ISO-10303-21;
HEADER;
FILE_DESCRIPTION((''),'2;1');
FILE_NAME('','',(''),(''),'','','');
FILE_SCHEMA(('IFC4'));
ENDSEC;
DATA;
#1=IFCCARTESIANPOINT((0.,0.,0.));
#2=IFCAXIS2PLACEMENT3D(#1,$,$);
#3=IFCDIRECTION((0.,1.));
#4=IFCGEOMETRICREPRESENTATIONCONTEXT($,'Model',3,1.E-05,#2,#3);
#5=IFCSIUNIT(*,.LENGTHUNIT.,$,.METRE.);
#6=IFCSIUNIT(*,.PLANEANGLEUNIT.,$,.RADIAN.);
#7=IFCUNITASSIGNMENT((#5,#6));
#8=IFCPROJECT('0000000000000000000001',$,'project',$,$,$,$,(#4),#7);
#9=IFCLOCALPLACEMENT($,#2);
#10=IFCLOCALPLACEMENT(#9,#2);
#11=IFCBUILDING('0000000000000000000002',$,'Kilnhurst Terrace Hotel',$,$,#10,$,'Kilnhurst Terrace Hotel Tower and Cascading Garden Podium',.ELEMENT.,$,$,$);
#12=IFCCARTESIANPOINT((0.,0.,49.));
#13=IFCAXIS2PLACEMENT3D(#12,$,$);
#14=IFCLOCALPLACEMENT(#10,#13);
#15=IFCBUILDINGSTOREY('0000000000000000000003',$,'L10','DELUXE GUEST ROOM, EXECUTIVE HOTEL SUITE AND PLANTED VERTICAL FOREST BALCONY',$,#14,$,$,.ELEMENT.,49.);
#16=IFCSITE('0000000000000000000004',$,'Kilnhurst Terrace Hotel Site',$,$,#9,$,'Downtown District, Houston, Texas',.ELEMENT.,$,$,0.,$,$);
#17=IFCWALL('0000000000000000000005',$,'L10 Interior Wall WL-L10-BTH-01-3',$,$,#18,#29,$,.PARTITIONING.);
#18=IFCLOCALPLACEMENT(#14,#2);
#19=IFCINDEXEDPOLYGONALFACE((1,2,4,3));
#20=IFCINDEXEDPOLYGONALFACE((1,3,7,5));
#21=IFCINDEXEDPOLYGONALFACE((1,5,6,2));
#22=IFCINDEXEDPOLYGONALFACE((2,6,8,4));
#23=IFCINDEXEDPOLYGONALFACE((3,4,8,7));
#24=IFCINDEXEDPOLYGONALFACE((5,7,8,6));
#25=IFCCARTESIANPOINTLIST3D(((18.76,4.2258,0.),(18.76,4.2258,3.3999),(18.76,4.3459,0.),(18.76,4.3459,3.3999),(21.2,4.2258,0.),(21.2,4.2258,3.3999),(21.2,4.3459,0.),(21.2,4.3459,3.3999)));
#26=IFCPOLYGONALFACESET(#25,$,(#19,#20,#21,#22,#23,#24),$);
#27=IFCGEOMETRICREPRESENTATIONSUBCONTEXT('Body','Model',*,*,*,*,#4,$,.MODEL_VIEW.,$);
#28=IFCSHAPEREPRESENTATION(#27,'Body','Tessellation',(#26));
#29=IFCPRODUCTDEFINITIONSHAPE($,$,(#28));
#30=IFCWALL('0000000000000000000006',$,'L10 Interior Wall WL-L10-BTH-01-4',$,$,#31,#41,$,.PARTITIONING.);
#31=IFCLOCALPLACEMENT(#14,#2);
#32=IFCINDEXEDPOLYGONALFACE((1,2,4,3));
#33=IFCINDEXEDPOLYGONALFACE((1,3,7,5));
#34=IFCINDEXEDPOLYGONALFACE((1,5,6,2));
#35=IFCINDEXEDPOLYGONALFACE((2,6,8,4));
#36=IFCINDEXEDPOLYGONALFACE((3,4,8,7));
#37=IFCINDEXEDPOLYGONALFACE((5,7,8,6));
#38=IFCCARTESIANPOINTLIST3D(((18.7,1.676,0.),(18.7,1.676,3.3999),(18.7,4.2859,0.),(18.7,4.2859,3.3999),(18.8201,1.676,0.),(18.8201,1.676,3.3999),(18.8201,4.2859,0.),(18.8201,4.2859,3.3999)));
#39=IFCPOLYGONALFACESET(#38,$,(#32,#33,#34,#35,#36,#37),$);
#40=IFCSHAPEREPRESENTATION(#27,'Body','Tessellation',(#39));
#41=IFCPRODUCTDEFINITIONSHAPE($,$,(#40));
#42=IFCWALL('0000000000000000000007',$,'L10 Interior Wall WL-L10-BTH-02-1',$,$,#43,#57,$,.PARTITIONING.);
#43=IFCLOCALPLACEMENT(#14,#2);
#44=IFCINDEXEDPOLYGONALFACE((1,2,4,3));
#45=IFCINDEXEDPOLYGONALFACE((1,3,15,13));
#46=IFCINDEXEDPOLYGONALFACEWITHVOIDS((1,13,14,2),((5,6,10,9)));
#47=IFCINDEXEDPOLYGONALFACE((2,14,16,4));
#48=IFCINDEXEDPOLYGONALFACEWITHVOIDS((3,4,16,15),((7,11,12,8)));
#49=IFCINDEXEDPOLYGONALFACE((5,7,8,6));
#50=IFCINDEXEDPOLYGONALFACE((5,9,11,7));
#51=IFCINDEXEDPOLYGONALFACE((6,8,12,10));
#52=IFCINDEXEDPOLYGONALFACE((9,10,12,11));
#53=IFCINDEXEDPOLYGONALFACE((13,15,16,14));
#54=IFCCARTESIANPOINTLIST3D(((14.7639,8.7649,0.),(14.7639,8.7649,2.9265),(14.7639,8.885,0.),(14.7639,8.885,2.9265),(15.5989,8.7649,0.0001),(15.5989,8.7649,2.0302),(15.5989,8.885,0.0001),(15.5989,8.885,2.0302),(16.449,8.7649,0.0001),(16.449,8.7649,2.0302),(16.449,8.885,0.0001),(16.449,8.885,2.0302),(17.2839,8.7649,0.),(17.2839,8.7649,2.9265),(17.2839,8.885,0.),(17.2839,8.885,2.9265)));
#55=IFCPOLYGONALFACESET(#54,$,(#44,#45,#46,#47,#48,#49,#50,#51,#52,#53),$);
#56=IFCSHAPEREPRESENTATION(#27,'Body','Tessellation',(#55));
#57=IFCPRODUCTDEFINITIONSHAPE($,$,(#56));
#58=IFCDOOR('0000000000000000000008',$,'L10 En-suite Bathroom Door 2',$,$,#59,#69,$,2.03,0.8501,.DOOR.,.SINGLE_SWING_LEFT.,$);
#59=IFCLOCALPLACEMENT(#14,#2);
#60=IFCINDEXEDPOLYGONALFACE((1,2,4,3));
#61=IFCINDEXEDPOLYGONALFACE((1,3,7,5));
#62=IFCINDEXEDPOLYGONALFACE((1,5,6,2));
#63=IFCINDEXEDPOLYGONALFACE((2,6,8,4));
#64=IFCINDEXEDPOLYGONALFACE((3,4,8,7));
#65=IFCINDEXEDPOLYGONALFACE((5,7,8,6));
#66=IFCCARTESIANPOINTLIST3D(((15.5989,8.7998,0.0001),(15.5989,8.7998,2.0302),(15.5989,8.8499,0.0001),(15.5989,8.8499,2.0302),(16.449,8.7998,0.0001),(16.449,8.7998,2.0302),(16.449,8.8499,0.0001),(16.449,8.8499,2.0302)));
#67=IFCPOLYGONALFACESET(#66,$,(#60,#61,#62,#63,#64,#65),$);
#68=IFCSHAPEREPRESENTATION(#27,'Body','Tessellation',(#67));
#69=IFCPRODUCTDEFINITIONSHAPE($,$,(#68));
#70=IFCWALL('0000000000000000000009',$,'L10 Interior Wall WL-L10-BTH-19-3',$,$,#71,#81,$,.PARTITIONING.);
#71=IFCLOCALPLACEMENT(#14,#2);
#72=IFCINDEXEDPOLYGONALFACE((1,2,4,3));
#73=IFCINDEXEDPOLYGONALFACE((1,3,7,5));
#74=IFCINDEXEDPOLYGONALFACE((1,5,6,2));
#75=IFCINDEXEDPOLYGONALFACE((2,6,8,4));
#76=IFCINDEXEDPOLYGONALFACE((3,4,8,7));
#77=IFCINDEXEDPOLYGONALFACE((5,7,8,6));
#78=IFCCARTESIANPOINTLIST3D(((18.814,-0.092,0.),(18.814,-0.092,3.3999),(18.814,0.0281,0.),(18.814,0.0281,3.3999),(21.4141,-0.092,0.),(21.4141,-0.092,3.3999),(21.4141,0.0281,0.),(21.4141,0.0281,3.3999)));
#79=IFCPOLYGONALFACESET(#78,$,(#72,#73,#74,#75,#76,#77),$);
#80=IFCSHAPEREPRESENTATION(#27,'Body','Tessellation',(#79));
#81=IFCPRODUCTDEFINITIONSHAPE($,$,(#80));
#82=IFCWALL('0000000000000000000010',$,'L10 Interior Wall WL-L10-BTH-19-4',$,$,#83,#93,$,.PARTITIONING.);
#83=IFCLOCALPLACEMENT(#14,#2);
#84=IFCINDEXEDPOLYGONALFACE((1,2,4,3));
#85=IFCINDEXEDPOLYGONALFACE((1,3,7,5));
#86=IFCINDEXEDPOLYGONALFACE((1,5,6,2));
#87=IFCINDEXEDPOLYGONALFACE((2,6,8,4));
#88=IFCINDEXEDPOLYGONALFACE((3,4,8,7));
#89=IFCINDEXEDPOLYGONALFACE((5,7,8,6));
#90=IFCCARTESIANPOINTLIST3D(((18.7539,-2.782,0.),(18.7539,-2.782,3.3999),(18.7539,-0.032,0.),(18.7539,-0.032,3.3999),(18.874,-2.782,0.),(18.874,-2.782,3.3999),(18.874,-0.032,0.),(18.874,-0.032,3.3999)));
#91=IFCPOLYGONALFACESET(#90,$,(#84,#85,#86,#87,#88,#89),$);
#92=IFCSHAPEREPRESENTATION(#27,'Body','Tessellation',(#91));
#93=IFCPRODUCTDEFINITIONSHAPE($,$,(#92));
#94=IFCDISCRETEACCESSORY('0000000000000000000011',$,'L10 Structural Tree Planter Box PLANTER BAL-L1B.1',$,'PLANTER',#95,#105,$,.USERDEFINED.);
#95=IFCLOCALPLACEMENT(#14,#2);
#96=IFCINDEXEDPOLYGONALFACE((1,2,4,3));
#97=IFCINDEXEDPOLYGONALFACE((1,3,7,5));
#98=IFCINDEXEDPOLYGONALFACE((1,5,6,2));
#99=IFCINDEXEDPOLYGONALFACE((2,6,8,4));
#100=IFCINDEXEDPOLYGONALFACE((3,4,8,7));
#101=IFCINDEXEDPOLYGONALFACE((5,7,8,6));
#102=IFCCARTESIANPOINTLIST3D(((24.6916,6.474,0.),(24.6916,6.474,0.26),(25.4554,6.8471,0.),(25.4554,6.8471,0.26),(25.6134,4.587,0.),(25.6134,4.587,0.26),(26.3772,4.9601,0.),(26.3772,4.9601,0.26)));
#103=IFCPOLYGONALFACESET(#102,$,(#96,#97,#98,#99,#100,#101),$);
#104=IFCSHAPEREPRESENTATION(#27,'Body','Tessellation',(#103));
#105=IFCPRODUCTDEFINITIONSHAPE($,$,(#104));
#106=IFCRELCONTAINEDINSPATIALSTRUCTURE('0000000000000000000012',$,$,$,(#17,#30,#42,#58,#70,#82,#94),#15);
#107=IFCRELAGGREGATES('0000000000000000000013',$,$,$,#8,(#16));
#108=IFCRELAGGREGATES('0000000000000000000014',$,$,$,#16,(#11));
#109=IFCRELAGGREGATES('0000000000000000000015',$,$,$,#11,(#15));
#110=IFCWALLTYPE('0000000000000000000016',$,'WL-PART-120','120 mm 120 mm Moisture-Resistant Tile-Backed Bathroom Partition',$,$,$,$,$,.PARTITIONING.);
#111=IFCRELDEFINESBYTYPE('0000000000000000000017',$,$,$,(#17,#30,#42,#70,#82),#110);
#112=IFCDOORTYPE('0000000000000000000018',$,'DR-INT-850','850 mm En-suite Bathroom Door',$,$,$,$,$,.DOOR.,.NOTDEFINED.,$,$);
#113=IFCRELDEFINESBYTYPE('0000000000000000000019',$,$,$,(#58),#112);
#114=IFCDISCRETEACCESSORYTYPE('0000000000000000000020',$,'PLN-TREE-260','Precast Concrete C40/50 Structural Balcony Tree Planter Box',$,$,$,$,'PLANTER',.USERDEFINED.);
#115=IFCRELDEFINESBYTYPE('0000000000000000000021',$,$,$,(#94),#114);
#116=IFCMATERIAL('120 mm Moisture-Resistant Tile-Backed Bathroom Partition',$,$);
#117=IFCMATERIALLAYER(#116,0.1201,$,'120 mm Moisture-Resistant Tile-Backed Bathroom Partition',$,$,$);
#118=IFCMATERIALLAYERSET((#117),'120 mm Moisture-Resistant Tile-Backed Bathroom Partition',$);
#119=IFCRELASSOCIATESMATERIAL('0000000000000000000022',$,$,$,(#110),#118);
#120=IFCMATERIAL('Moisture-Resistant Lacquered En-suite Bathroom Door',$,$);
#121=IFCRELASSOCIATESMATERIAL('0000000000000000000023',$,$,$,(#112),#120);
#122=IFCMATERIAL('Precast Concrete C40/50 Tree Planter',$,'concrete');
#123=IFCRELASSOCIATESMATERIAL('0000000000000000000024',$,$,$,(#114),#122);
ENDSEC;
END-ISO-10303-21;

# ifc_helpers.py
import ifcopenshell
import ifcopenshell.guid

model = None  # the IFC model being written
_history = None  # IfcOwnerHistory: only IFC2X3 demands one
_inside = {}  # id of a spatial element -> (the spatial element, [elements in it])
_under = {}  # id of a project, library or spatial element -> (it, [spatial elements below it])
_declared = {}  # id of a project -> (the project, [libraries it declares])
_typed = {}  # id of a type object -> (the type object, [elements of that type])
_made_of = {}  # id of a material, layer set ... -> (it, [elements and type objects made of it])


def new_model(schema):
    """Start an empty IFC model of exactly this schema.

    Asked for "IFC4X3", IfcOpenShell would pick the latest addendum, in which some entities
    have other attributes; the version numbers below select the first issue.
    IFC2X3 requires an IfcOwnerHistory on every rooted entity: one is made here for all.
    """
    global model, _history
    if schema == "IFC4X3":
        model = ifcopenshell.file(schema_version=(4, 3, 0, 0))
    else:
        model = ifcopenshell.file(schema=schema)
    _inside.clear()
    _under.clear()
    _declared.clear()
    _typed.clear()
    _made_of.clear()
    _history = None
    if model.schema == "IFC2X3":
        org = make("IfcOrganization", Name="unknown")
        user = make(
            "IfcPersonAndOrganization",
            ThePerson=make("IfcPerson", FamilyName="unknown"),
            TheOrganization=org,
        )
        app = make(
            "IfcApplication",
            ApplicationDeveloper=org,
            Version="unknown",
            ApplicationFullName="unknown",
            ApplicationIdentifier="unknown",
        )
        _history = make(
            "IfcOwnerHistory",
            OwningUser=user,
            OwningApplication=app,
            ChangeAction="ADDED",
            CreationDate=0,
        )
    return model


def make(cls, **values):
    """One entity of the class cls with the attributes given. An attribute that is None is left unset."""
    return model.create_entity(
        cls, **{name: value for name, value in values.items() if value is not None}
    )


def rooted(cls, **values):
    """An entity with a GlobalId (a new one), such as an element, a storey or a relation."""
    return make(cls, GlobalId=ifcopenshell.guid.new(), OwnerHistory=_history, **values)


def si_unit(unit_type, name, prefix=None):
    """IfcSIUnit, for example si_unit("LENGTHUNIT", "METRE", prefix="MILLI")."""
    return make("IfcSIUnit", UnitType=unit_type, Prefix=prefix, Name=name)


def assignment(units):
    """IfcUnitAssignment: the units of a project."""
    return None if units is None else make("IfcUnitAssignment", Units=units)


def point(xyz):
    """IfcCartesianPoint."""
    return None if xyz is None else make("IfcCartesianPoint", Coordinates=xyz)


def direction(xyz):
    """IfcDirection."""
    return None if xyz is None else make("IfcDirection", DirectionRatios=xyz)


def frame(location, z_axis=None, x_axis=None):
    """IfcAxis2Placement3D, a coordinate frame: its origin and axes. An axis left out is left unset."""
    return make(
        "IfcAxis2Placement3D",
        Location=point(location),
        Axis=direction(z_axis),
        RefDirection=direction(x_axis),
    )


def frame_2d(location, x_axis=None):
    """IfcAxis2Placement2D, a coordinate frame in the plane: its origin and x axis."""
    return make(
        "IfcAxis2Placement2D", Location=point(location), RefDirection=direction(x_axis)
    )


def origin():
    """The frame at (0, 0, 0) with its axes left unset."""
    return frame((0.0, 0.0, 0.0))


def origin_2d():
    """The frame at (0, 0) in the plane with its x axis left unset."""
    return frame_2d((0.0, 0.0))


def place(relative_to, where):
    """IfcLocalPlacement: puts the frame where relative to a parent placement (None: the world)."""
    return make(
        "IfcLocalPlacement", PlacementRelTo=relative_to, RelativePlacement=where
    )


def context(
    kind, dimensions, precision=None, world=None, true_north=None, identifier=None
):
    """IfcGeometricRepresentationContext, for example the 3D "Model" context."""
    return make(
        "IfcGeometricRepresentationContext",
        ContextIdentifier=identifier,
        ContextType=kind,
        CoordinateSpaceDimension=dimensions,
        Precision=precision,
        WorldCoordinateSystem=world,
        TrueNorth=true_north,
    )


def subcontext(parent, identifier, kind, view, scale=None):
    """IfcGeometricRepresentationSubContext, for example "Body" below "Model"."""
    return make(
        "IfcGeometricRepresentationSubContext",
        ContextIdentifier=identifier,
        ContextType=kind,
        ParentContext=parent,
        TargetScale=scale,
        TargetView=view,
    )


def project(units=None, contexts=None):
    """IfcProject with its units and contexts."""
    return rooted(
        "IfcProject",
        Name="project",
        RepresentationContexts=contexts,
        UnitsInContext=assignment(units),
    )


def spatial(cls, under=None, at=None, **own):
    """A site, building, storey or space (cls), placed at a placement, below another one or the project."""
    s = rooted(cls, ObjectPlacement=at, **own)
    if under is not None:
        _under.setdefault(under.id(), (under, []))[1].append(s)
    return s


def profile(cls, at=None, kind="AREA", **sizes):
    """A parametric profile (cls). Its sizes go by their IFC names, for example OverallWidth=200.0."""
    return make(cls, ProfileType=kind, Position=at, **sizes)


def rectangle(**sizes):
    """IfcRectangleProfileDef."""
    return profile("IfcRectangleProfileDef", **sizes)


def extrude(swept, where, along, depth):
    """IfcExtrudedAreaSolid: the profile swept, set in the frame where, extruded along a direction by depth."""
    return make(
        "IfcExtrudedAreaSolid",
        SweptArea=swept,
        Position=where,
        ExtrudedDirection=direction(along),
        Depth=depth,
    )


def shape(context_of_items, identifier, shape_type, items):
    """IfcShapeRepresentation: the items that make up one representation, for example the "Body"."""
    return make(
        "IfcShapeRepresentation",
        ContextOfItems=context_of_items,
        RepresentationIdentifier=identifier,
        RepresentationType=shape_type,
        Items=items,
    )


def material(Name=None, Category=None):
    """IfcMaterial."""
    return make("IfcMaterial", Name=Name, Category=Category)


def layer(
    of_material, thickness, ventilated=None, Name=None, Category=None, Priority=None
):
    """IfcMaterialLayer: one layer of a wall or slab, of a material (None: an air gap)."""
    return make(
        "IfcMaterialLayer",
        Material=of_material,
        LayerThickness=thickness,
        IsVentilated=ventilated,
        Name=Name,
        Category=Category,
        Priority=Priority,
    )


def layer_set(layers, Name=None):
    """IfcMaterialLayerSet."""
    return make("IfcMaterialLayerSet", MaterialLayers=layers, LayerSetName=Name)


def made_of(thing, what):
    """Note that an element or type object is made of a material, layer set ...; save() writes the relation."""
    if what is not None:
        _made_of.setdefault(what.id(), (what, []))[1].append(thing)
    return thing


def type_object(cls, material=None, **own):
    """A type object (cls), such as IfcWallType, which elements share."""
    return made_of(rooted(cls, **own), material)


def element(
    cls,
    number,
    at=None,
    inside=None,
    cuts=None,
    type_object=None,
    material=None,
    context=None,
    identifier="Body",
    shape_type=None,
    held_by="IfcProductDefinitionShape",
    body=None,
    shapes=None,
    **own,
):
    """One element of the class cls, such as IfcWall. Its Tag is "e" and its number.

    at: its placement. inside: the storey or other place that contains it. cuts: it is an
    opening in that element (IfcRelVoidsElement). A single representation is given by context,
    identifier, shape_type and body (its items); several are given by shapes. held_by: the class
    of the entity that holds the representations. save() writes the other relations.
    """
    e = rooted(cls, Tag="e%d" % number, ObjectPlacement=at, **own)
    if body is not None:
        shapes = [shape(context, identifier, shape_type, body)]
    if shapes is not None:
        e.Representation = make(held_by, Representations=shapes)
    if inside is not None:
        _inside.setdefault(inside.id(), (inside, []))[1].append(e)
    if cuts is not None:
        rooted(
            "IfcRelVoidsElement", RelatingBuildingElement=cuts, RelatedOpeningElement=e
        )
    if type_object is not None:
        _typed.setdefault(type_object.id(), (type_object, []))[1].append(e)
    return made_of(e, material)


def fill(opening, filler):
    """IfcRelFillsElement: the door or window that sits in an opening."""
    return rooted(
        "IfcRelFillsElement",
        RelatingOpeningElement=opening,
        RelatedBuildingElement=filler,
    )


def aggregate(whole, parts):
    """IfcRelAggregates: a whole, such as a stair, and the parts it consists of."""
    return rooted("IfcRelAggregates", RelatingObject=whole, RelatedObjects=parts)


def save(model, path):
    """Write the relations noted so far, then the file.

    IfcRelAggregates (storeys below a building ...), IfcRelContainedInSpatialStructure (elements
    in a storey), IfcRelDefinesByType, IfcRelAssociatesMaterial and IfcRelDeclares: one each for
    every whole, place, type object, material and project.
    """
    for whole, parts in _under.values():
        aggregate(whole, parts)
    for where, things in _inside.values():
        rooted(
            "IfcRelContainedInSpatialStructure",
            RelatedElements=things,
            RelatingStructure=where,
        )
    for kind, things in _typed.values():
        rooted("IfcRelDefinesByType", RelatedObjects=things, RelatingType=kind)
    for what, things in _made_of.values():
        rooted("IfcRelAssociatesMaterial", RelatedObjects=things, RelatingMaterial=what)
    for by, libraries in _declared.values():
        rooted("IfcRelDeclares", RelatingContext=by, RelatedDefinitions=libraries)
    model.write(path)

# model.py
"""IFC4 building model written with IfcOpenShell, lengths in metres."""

from ifc_helpers import new_model, si_unit, direction, frame, frame_2d, origin, origin_2d, place, context, subcontext, project, spatial, rectangle, extrude, material, layer, layer_set, type_object, element, fill, save


model = new_model("IFC4")

# Units and contexts
model_context = context("Model", 3, precision=1e-05, world=origin(), true_north=direction((0.0, 1.0)))
body_context = subcontext(model_context, "Body", "Model", "MODEL_VIEW")
ifc_project = project(units=[si_unit("LENGTHUNIT", "METRE"), si_unit("PLANEANGLEUNIT", "RADIAN")], contexts=[model_context])

# Site, building, storey
site_placement = place(None, origin())
site = spatial("IfcSite", under=ifc_project, at=site_placement, Name="Kilnhurst Terrace Hotel Site", LongName="Downtown District, Houston, Texas", CompositionType="ELEMENT", RefElevation=0.0)
building_placement = place(site_placement, origin())
building = spatial("IfcBuilding", under=site, at=building_placement, Name="Kilnhurst Terrace Hotel", LongName="Kilnhurst Terrace Hotel Tower and Cascading Garden Podium", CompositionType="ELEMENT")
storey_placement = place(building_placement, frame((0.0, 0.0, 49.0)))
storey = spatial("IfcBuildingStorey", under=building, at=storey_placement, Name="L10", Description="DELUXE GUEST ROOM, EXECUTIVE HOTEL SUITE AND PLANTED VERTICAL FOREST BALCONY", CompositionType="ELEMENT", Elevation=49.0)

# Shared definitions
ifc_material_1 = material(Name="120 mm Moisture-Resistant Tile-Backed Bathroom Partition")
ifc_layer_1 = layer(ifc_material_1, 0.1201, Name="120 mm Moisture-Resistant Tile-Backed Bathroom Partition")
ifc_layer_set_1 = layer_set([ifc_layer_1], Name="120 mm Moisture-Resistant Tile-Backed Bathroom Partition")
wall_type_1 = type_object("IfcWallType", Name="WL-PART-120", Description="120 mm 120 mm Moisture-Resistant Tile-Backed Bathroom Partition", PredefinedType="PARTITIONING", material=ifc_layer_set_1)
ifc_material_2 = material(Name="Moisture-Resistant Lacquered En-suite Bathroom Door")
door_type_1 = type_object("IfcDoorType", Name="DR-INT-850", Description="850 mm En-suite Bathroom Door", OperationType="NOTDEFINED", PredefinedType="DOOR", material=ifc_material_2)

# Walls
wall_1_placement = place(storey_placement, frame((21.2, 4.2859, 0.0), z_axis=(0.0, 0.0, 1.0), x_axis=(-1.0, 0.0, 0.0)))
element("IfcWall", 1, at=wall_1_placement, inside=storey, type_object=wall_type_1, Name="L10 Interior Wall WL-L10-BTH-01-3", PredefinedType="PARTITIONING", context=body_context, shape_type="SweptSolid", body=[
    extrude(rectangle(XDim=2.4399, YDim=0.1201, at=frame_2d((1.22, 0.0))), origin(), (0.0, 0.0, 1.0), 3.3999),
])
wall_2_placement = place(storey_placement, frame((18.76, 4.2859, 0.0), z_axis=(0.0, 0.0, 1.0), x_axis=(0.0, -1.0, 0.0)))
element("IfcWall", 2, at=wall_2_placement, inside=storey, type_object=wall_type_1, Name="L10 Interior Wall WL-L10-BTH-01-4", PredefinedType="PARTITIONING", context=body_context, shape_type="SweptSolid", body=[
    extrude(rectangle(XDim=2.6099, YDim=0.1201, at=frame_2d((1.3049, 0.0))), origin(), (0.0, 0.0, 1.0), 3.3999),
])

# Wall, opening, door
wall_3_placement = place(storey_placement, frame((14.7639, 8.825, 0.0), z_axis=(0.0, 0.0, 1.0), x_axis=(1.0, 0.0, 0.0)))
wall_3 = element("IfcWall", 3, at=wall_3_placement, inside=storey, type_object=wall_type_1, Name="L10 Interior Wall WL-L10-BTH-02-1", PredefinedType="PARTITIONING", context=body_context, shape_type="SweptSolid", body=[
    extrude(rectangle(XDim=2.52, YDim=0.1201, at=frame_2d((1.26, 0.0))), origin(), (0.0, 0.0, 1.0), 2.9265),
])
opening_1_placement = place(wall_3_placement, frame((0.835, 0.0, 0.0)))
opening_1 = element("IfcOpeningElement", 4, at=opening_1_placement, cuts=wall_3, PredefinedType="OPENING", context=body_context, shape_type="SweptSolid", body=[
    extrude(rectangle(XDim=0.8501, YDim=2.03, at=frame_2d((0.425, 1.0151))), frame((0.0, 0.0701, 0.0), z_axis=(0.0, -1.0, 0.0), x_axis=(1.0, 0.0, 0.0)), (0.0, 0.0, 1.0), 0.1401),
])
door_1_placement = place(opening_1_placement, origin())
door_1 = element("IfcDoor", 5, at=door_1_placement, inside=storey, type_object=door_type_1, Name="L10 En-suite Bathroom Door 2", OperationType="SINGLE_SWING_LEFT", OverallHeight=2.03, OverallWidth=0.8501, PredefinedType="DOOR", context=body_context, shape_type="SweptSolid", body=[
    extrude(rectangle(XDim=0.8501, YDim=2.03, at=frame_2d((0.425, 1.0151))), frame((0.0, 0.0249, 0.0), z_axis=(0.0, -1.0, 0.0), x_axis=(1.0, 0.0, 0.0)), (0.0, 0.0, 1.0), 0.05),
])
fill(opening_1, door_1)

# Walls
wall_4_placement = place(storey_placement, frame((21.4141, -0.032, 0.0), z_axis=(0.0, 0.0, 1.0), x_axis=(-1.0, 0.0, 0.0)))
element("IfcWall", 6, at=wall_4_placement, inside=storey, type_object=wall_type_1, Name="L10 Interior Wall WL-L10-BTH-19-3", PredefinedType="PARTITIONING", context=body_context, shape_type="SweptSolid", body=[
    extrude(rectangle(XDim=2.6001, YDim=0.1201, at=frame_2d((1.3, 0.0))), origin(), (0.0, 0.0, 1.0), 3.3999),
])
wall_5_placement = place(storey_placement, frame((18.814, -0.032, 0.0), z_axis=(0.0, 0.0, 1.0), x_axis=(0.0, -1.0, 0.0)))
element("IfcWall", 7, at=wall_5_placement, inside=storey, type_object=wall_type_1, Name="L10 Interior Wall WL-L10-BTH-19-4", PredefinedType="PARTITIONING", context=body_context, shape_type="SweptSolid", body=[
    extrude(rectangle(XDim=2.75, YDim=0.1201, at=frame_2d((1.375, 0.0))), origin(), (0.0, 0.0, 1.0), 3.3999),
])

# Discrete accessory
ifc_material_3 = material(Name="Precast Concrete C40/50 Tree Planter", Category="concrete")
discrete_accessory_type = type_object("IfcDiscreteAccessoryType", Name="PLN-TREE-260", Description="Precast Concrete C40/50 Structural Balcony Tree Planter Box", ElementType="PLANTER", PredefinedType="USERDEFINED", material=ifc_material_3)
discrete_accessory_placement = place(storey_placement, frame((25.5344, 5.717, 0.0), z_axis=(0.0, 0.0, 1.0), x_axis=(-0.438936, 0.898518, 0.0)))
element("IfcDiscreteAccessory", 8, at=discrete_accessory_placement, inside=storey, type_object=discrete_accessory_type, Name="L10 Structural Tree Planter Box PLANTER BAL-L1B.1", ObjectType="PLANTER", PredefinedType="USERDEFINED", context=body_context, shape_type="SweptSolid", body=[
    extrude(rectangle(XDim=2.1001, YDim=0.8501, at=origin_2d()), origin(), (0.0, 0.0, 1.0), 0.26),
])

save(model, "model.ifc")
